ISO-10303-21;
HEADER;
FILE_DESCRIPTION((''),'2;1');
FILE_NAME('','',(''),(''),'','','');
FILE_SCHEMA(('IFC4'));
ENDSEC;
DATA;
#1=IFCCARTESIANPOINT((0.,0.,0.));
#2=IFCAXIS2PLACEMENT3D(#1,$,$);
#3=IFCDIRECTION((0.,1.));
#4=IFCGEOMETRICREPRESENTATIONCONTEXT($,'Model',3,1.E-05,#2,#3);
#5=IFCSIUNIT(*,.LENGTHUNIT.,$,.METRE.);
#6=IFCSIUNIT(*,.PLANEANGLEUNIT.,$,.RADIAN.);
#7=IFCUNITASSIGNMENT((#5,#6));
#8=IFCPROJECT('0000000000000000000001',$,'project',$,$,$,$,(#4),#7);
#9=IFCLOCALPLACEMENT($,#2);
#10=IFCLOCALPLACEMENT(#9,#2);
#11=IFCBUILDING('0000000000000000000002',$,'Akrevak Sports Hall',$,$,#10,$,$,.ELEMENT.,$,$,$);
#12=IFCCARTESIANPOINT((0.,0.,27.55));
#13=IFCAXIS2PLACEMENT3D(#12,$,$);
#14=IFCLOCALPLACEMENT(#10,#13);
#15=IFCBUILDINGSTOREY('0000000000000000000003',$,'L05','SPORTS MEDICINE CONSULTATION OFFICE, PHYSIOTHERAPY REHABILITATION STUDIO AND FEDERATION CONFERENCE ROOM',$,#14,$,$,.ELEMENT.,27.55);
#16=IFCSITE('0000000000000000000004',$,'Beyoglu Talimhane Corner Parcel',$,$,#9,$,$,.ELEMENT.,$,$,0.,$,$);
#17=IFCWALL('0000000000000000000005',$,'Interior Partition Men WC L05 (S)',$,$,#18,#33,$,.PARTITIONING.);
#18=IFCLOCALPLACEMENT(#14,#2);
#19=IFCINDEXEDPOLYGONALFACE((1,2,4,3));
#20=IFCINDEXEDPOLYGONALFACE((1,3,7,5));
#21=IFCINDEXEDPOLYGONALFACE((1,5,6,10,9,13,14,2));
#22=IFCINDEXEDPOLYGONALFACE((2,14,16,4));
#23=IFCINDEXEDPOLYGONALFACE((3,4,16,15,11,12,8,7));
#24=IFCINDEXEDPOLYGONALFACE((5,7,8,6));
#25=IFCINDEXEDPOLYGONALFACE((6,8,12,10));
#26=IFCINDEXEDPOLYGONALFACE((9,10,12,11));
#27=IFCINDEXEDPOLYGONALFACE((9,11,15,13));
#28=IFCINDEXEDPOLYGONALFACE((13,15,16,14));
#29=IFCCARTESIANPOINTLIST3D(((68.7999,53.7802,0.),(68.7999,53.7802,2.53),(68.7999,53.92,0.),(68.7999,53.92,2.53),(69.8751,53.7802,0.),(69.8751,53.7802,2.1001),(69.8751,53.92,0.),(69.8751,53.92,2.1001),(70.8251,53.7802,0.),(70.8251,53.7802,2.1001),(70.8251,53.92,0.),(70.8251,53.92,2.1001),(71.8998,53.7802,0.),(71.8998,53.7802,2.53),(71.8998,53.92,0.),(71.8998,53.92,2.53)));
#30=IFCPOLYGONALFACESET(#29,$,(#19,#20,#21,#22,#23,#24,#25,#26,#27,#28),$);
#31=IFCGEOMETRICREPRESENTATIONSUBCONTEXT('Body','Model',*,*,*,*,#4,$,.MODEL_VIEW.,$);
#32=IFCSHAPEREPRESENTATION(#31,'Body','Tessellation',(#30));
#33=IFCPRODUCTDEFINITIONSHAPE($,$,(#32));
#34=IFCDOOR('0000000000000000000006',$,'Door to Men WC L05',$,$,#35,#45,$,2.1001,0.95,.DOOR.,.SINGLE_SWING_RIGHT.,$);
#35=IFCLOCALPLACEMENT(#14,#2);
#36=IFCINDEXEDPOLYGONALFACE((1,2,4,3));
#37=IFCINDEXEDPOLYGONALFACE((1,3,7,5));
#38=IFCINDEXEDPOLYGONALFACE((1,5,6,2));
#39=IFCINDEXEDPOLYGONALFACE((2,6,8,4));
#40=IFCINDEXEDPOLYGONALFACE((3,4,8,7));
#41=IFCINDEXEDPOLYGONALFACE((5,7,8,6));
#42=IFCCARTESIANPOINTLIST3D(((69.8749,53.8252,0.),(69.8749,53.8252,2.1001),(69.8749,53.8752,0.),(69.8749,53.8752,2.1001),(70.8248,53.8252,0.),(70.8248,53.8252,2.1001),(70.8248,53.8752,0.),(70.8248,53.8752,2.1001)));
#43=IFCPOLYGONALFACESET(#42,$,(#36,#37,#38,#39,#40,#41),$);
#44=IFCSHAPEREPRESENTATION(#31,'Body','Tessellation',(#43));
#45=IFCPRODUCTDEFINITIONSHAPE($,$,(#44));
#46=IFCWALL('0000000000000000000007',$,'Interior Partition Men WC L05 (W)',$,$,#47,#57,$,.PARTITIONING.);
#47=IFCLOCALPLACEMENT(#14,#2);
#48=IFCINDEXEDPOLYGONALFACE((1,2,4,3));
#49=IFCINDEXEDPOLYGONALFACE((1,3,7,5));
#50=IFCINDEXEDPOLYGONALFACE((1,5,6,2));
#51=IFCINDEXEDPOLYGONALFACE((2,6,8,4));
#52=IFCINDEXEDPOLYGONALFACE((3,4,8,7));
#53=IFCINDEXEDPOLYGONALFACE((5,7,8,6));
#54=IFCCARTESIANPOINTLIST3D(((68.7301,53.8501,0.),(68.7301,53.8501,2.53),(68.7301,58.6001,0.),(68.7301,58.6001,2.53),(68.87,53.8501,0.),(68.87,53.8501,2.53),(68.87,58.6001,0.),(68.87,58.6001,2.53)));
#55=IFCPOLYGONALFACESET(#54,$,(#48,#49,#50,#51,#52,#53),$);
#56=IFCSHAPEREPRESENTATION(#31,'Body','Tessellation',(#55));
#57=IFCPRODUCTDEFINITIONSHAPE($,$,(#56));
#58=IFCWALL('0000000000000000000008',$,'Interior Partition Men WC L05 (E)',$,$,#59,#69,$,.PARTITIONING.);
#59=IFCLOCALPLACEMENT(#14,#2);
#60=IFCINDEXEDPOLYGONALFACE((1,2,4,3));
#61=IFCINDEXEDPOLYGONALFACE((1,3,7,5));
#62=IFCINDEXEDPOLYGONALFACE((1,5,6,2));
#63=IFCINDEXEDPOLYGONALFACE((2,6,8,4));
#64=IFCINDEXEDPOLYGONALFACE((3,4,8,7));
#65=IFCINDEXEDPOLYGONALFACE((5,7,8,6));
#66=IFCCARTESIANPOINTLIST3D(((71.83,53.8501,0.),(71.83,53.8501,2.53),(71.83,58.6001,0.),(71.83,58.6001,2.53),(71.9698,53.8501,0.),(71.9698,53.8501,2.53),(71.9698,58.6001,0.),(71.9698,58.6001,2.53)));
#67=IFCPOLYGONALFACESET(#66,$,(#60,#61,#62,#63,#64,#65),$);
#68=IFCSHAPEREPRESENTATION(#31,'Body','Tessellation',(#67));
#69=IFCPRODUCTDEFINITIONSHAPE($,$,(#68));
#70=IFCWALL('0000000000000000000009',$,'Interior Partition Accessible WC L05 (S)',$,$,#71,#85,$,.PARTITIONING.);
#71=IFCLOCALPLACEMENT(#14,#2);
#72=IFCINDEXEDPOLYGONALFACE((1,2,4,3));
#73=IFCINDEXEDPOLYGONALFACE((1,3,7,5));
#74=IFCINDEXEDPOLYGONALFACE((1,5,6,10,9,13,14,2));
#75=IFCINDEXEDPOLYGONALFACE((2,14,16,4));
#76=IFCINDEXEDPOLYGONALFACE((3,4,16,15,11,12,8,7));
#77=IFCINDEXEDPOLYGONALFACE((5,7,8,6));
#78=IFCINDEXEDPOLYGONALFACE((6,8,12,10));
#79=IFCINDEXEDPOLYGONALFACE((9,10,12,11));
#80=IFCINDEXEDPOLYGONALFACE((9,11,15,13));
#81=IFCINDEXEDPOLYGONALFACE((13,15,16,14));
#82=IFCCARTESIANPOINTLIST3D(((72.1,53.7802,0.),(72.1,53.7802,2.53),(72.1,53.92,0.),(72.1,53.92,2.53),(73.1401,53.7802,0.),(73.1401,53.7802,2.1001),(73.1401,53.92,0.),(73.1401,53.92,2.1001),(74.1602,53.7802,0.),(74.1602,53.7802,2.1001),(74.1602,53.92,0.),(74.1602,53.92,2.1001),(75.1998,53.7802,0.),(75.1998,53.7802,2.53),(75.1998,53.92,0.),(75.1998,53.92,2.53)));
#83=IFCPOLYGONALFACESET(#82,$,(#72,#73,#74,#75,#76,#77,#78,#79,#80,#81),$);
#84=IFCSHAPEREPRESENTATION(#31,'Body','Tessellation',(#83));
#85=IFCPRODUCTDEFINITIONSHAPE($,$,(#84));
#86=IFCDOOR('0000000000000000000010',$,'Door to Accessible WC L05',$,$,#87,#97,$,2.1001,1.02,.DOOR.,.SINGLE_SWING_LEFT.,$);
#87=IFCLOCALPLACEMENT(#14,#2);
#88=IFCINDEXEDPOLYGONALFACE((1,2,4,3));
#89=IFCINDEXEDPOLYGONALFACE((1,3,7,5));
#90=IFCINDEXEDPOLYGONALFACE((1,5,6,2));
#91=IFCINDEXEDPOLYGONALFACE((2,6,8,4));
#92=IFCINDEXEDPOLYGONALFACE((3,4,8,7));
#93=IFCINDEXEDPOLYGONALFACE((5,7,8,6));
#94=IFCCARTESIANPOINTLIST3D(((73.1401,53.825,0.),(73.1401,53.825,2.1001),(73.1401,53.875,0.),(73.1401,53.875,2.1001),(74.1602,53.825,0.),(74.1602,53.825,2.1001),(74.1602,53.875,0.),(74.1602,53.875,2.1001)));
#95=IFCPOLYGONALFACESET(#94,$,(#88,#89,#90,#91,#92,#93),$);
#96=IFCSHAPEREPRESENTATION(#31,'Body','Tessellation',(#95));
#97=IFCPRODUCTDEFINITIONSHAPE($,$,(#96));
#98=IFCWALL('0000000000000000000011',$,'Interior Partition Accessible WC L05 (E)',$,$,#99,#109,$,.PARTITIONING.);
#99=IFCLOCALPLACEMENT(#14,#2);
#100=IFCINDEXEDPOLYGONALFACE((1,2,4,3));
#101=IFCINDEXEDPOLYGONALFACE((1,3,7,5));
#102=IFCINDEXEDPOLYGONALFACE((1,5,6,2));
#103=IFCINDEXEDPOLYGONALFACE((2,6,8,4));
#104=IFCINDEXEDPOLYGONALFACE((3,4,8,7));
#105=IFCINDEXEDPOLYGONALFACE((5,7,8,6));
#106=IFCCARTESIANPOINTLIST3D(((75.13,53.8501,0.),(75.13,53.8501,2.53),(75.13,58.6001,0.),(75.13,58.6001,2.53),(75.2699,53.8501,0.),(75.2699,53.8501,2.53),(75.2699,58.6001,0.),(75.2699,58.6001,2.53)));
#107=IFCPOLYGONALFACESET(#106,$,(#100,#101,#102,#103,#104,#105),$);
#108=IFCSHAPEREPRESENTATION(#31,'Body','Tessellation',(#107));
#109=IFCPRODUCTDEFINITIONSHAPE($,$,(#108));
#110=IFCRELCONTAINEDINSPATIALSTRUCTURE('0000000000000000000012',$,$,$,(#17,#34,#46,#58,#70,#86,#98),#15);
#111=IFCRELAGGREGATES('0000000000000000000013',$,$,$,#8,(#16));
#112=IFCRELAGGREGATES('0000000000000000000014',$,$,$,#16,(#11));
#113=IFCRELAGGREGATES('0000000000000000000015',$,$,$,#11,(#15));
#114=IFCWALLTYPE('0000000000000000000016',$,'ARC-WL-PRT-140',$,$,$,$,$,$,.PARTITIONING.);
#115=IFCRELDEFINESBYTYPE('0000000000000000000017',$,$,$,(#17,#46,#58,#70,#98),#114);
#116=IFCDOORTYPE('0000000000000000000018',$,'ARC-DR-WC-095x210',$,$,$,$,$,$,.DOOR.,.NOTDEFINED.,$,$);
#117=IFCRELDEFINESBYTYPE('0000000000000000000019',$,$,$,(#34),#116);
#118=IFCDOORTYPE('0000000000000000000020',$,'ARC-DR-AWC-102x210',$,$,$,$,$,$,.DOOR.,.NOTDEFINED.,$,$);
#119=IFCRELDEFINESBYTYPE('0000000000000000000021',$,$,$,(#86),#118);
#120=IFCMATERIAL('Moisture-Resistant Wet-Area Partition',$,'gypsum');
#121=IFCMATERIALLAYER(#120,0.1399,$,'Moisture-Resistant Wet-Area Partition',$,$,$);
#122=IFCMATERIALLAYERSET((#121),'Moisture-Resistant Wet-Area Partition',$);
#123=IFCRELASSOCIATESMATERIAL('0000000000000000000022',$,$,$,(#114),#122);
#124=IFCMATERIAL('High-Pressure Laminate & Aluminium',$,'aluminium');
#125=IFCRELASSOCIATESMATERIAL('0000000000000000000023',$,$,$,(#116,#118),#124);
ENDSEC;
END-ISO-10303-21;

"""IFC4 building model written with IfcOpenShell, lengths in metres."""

from ifc_helpers import new_model, si_unit, direction, frame, frame_2d, origin, place, context, subcontext, project, spatial, rectangle, extrude, material, layer, layer_set, type_object, element, fill, save


model = new_model("IFC4")

# Units and contexts
model_context = context("Model", 3, precision=1e-05, world=origin(), true_north=direction((0.0, 1.0)))
body_context = subcontext(model_context, "Body", "Model", "MODEL_VIEW")
ifc_project = project(units=[si_unit("LENGTHUNIT", "METRE"), si_unit("PLANEANGLEUNIT", "RADIAN")], contexts=[model_context])

# Site, building, storey
site_placement = place(None, origin())
site = spatial("IfcSite", under=ifc_project, at=site_placement, Name="Beyoglu Talimhane Corner Parcel", CompositionType="ELEMENT", RefElevation=0.0)
building_placement = place(site_placement, origin())
building = spatial("IfcBuilding", under=site, at=building_placement, Name="Akrevak Sports Hall", CompositionType="ELEMENT")
storey_placement = place(building_placement, frame((0.0, 0.0, 27.55)))
storey = spatial("IfcBuildingStorey", under=building, at=storey_placement, Name="L05", Description="SPORTS MEDICINE CONSULTATION OFFICE, PHYSIOTHERAPY REHABILITATION STUDIO AND FEDERATION CONFERENCE ROOM", CompositionType="ELEMENT", Elevation=27.55)

# Wall, opening, door
ifc_material_1 = material(Name="Moisture-Resistant Wet-Area Partition", Category="gypsum")
ifc_layer_1 = layer(ifc_material_1, 0.1399, Name="Moisture-Resistant Wet-Area Partition")
ifc_layer_set_1 = layer_set([ifc_layer_1], Name="Moisture-Resistant Wet-Area Partition")
wall_type_1 = type_object("IfcWallType", Name="ARC-WL-PRT-140", PredefinedType="PARTITIONING", material=ifc_layer_set_1)
wall_1_placement = place(storey_placement, frame((68.8, 53.8501, 0.0), z_axis=(0.0, 0.0, 1.0), x_axis=(1.0, 0.0, 0.0)))
wall_1 = element("IfcWall", 1, at=wall_1_placement, inside=storey, type_object=wall_type_1, Name="Interior Partition Men WC L05 (S)", PredefinedType="PARTITIONING", context=body_context, shape_type="SweptSolid", body=[
    extrude(rectangle(XDim=3.0999, YDim=0.1399, at=frame_2d((1.5498, 0.0))), origin(), (0.0, 0.0, 1.0), 2.53),
])
opening_1_placement = place(wall_1_placement, frame((1.075, 0.0, 0.0)))
opening_1 = element("IfcOpeningElement", 2, at=opening_1_placement, cuts=wall_1, PredefinedType="OPENING", context=body_context, shape_type="SweptSolid", body=[
    extrude(rectangle(XDim=0.95, YDim=2.1001, at=frame_2d((0.4751, 1.05))), frame((0.0, 0.082, 0.0), z_axis=(0.0, -1.0, 0.0), x_axis=(1.0, 0.0, 0.0)), (0.0, 0.0, 1.0), 0.1638),
])
ifc_material_2 = material(Name="High-Pressure Laminate & Aluminium", Category="aluminium")
door_type_1 = type_object("IfcDoorType", Name="ARC-DR-WC-095x210", OperationType="NOTDEFINED", PredefinedType="DOOR", material=ifc_material_2)
door_1_placement = place(opening_1_placement, frame((0.95, 0.0, 0.0), z_axis=(0.0, 0.0, 1.0), x_axis=(-1.0, 0.0, 0.0)))
door_1 = element("IfcDoor", 3, at=door_1_placement, inside=storey, type_object=door_type_1, Name="Door to Men WC L05", OperationType="SINGLE_SWING_RIGHT", OverallHeight=2.1001, OverallWidth=0.95, PredefinedType="DOOR", context=body_context, shape_type="SweptSolid", body=[
    extrude(rectangle(XDim=0.95, YDim=2.1001, at=frame_2d((0.4751, 1.05))), frame((0.0, 0.0249, 0.0), z_axis=(0.0, -1.0, 0.0), x_axis=(1.0, 0.0, 0.0)), (0.0, 0.0, 1.0), 0.05),
])
fill(opening_1, door_1)

# Walls
for number, where, z_axis, x_axis, name in (
    (4, (68.8, 53.8501, 0.0), (0.0, 0.0, 1.0), (0.0, 1.0, 0.0), "Interior Partition Men WC L05 (W)"),
    (5, (71.8999, 53.8501, 0.0), (0.0, 0.0, 1.0), (0.0, 1.0, 0.0), "Interior Partition Men WC L05 (E)"),
):
    element("IfcWall", number, at=place(storey_placement, frame(where, z_axis=z_axis, x_axis=x_axis)), inside=storey, type_object=wall_type_1, Name=name, PredefinedType="PARTITIONING", context=body_context, shape_type="SweptSolid", body=[
        extrude(rectangle(XDim=4.75, YDim=0.1399, at=frame_2d((2.375, 0.0))), origin(), (0.0, 0.0, 1.0), 2.53),
    ])

# Wall, opening, door
wall_2_placement = place(storey_placement, frame((72.1001, 53.8501, 0.0), z_axis=(0.0, 0.0, 1.0), x_axis=(1.0, 0.0, 0.0)))
wall_2 = element("IfcWall", 6, at=wall_2_placement, inside=storey, type_object=wall_type_1, Name="Interior Partition Accessible WC L05 (S)", PredefinedType="PARTITIONING", context=body_context, shape_type="SweptSolid", body=[
    extrude(rectangle(XDim=3.0999, YDim=0.1399, at=frame_2d((1.5498, 0.0))), origin(), (0.0, 0.0, 1.0), 2.53),
])
opening_2_placement = place(wall_2_placement, frame((1.04, 0.0, 0.0)))
opening_2 = element("IfcOpeningElement", 7, at=opening_2_placement, cuts=wall_2, PredefinedType="OPENING", context=body_context, shape_type="SweptSolid", body=[
    extrude(rectangle(XDim=1.02, YDim=2.1001, at=frame_2d((0.51, 1.05))), frame((0.0, 0.082, 0.0), z_axis=(0.0, -1.0, 0.0), x_axis=(1.0, 0.0, 0.0)), (0.0, 0.0, 1.0), 0.1638),
])
door_type_2 = type_object("IfcDoorType", Name="ARC-DR-AWC-102x210", OperationType="NOTDEFINED", PredefinedType="DOOR", material=ifc_material_2)
door_2_placement = place(opening_2_placement, origin())
door_2 = element("IfcDoor", 8, at=door_2_placement, inside=storey, type_object=door_type_2, Name="Door to Accessible WC L05", OperationType="SINGLE_SWING_LEFT", OverallHeight=2.1001, OverallWidth=1.02, PredefinedType="DOOR", context=body_context, shape_type="SweptSolid", body=[
    extrude(rectangle(XDim=1.02, YDim=2.1001, at=frame_2d((0.51, 1.05))), frame((0.0, 0.0249, 0.0), z_axis=(0.0, -1.0, 0.0), x_axis=(1.0, 0.0, 0.0)), (0.0, 0.0, 1.0), 0.05),
])
fill(opening_2, door_2)

# Wall
wall_3_placement = place(storey_placement, frame((75.2, 53.8501, 0.0), z_axis=(0.0, 0.0, 1.0), x_axis=(0.0, 1.0, 0.0)))
element("IfcWall", 9, at=wall_3_placement, inside=storey, type_object=wall_type_1, Name="Interior Partition Accessible WC L05 (E)", PredefinedType="PARTITIONING", context=body_context, shape_type="SweptSolid", body=[
    extrude(rectangle(XDim=4.75, YDim=0.1399, at=frame_2d((2.375, 0.0))), origin(), (0.0, 0.0, 1.0), 2.53),
])

save(model, "model.ifc")
